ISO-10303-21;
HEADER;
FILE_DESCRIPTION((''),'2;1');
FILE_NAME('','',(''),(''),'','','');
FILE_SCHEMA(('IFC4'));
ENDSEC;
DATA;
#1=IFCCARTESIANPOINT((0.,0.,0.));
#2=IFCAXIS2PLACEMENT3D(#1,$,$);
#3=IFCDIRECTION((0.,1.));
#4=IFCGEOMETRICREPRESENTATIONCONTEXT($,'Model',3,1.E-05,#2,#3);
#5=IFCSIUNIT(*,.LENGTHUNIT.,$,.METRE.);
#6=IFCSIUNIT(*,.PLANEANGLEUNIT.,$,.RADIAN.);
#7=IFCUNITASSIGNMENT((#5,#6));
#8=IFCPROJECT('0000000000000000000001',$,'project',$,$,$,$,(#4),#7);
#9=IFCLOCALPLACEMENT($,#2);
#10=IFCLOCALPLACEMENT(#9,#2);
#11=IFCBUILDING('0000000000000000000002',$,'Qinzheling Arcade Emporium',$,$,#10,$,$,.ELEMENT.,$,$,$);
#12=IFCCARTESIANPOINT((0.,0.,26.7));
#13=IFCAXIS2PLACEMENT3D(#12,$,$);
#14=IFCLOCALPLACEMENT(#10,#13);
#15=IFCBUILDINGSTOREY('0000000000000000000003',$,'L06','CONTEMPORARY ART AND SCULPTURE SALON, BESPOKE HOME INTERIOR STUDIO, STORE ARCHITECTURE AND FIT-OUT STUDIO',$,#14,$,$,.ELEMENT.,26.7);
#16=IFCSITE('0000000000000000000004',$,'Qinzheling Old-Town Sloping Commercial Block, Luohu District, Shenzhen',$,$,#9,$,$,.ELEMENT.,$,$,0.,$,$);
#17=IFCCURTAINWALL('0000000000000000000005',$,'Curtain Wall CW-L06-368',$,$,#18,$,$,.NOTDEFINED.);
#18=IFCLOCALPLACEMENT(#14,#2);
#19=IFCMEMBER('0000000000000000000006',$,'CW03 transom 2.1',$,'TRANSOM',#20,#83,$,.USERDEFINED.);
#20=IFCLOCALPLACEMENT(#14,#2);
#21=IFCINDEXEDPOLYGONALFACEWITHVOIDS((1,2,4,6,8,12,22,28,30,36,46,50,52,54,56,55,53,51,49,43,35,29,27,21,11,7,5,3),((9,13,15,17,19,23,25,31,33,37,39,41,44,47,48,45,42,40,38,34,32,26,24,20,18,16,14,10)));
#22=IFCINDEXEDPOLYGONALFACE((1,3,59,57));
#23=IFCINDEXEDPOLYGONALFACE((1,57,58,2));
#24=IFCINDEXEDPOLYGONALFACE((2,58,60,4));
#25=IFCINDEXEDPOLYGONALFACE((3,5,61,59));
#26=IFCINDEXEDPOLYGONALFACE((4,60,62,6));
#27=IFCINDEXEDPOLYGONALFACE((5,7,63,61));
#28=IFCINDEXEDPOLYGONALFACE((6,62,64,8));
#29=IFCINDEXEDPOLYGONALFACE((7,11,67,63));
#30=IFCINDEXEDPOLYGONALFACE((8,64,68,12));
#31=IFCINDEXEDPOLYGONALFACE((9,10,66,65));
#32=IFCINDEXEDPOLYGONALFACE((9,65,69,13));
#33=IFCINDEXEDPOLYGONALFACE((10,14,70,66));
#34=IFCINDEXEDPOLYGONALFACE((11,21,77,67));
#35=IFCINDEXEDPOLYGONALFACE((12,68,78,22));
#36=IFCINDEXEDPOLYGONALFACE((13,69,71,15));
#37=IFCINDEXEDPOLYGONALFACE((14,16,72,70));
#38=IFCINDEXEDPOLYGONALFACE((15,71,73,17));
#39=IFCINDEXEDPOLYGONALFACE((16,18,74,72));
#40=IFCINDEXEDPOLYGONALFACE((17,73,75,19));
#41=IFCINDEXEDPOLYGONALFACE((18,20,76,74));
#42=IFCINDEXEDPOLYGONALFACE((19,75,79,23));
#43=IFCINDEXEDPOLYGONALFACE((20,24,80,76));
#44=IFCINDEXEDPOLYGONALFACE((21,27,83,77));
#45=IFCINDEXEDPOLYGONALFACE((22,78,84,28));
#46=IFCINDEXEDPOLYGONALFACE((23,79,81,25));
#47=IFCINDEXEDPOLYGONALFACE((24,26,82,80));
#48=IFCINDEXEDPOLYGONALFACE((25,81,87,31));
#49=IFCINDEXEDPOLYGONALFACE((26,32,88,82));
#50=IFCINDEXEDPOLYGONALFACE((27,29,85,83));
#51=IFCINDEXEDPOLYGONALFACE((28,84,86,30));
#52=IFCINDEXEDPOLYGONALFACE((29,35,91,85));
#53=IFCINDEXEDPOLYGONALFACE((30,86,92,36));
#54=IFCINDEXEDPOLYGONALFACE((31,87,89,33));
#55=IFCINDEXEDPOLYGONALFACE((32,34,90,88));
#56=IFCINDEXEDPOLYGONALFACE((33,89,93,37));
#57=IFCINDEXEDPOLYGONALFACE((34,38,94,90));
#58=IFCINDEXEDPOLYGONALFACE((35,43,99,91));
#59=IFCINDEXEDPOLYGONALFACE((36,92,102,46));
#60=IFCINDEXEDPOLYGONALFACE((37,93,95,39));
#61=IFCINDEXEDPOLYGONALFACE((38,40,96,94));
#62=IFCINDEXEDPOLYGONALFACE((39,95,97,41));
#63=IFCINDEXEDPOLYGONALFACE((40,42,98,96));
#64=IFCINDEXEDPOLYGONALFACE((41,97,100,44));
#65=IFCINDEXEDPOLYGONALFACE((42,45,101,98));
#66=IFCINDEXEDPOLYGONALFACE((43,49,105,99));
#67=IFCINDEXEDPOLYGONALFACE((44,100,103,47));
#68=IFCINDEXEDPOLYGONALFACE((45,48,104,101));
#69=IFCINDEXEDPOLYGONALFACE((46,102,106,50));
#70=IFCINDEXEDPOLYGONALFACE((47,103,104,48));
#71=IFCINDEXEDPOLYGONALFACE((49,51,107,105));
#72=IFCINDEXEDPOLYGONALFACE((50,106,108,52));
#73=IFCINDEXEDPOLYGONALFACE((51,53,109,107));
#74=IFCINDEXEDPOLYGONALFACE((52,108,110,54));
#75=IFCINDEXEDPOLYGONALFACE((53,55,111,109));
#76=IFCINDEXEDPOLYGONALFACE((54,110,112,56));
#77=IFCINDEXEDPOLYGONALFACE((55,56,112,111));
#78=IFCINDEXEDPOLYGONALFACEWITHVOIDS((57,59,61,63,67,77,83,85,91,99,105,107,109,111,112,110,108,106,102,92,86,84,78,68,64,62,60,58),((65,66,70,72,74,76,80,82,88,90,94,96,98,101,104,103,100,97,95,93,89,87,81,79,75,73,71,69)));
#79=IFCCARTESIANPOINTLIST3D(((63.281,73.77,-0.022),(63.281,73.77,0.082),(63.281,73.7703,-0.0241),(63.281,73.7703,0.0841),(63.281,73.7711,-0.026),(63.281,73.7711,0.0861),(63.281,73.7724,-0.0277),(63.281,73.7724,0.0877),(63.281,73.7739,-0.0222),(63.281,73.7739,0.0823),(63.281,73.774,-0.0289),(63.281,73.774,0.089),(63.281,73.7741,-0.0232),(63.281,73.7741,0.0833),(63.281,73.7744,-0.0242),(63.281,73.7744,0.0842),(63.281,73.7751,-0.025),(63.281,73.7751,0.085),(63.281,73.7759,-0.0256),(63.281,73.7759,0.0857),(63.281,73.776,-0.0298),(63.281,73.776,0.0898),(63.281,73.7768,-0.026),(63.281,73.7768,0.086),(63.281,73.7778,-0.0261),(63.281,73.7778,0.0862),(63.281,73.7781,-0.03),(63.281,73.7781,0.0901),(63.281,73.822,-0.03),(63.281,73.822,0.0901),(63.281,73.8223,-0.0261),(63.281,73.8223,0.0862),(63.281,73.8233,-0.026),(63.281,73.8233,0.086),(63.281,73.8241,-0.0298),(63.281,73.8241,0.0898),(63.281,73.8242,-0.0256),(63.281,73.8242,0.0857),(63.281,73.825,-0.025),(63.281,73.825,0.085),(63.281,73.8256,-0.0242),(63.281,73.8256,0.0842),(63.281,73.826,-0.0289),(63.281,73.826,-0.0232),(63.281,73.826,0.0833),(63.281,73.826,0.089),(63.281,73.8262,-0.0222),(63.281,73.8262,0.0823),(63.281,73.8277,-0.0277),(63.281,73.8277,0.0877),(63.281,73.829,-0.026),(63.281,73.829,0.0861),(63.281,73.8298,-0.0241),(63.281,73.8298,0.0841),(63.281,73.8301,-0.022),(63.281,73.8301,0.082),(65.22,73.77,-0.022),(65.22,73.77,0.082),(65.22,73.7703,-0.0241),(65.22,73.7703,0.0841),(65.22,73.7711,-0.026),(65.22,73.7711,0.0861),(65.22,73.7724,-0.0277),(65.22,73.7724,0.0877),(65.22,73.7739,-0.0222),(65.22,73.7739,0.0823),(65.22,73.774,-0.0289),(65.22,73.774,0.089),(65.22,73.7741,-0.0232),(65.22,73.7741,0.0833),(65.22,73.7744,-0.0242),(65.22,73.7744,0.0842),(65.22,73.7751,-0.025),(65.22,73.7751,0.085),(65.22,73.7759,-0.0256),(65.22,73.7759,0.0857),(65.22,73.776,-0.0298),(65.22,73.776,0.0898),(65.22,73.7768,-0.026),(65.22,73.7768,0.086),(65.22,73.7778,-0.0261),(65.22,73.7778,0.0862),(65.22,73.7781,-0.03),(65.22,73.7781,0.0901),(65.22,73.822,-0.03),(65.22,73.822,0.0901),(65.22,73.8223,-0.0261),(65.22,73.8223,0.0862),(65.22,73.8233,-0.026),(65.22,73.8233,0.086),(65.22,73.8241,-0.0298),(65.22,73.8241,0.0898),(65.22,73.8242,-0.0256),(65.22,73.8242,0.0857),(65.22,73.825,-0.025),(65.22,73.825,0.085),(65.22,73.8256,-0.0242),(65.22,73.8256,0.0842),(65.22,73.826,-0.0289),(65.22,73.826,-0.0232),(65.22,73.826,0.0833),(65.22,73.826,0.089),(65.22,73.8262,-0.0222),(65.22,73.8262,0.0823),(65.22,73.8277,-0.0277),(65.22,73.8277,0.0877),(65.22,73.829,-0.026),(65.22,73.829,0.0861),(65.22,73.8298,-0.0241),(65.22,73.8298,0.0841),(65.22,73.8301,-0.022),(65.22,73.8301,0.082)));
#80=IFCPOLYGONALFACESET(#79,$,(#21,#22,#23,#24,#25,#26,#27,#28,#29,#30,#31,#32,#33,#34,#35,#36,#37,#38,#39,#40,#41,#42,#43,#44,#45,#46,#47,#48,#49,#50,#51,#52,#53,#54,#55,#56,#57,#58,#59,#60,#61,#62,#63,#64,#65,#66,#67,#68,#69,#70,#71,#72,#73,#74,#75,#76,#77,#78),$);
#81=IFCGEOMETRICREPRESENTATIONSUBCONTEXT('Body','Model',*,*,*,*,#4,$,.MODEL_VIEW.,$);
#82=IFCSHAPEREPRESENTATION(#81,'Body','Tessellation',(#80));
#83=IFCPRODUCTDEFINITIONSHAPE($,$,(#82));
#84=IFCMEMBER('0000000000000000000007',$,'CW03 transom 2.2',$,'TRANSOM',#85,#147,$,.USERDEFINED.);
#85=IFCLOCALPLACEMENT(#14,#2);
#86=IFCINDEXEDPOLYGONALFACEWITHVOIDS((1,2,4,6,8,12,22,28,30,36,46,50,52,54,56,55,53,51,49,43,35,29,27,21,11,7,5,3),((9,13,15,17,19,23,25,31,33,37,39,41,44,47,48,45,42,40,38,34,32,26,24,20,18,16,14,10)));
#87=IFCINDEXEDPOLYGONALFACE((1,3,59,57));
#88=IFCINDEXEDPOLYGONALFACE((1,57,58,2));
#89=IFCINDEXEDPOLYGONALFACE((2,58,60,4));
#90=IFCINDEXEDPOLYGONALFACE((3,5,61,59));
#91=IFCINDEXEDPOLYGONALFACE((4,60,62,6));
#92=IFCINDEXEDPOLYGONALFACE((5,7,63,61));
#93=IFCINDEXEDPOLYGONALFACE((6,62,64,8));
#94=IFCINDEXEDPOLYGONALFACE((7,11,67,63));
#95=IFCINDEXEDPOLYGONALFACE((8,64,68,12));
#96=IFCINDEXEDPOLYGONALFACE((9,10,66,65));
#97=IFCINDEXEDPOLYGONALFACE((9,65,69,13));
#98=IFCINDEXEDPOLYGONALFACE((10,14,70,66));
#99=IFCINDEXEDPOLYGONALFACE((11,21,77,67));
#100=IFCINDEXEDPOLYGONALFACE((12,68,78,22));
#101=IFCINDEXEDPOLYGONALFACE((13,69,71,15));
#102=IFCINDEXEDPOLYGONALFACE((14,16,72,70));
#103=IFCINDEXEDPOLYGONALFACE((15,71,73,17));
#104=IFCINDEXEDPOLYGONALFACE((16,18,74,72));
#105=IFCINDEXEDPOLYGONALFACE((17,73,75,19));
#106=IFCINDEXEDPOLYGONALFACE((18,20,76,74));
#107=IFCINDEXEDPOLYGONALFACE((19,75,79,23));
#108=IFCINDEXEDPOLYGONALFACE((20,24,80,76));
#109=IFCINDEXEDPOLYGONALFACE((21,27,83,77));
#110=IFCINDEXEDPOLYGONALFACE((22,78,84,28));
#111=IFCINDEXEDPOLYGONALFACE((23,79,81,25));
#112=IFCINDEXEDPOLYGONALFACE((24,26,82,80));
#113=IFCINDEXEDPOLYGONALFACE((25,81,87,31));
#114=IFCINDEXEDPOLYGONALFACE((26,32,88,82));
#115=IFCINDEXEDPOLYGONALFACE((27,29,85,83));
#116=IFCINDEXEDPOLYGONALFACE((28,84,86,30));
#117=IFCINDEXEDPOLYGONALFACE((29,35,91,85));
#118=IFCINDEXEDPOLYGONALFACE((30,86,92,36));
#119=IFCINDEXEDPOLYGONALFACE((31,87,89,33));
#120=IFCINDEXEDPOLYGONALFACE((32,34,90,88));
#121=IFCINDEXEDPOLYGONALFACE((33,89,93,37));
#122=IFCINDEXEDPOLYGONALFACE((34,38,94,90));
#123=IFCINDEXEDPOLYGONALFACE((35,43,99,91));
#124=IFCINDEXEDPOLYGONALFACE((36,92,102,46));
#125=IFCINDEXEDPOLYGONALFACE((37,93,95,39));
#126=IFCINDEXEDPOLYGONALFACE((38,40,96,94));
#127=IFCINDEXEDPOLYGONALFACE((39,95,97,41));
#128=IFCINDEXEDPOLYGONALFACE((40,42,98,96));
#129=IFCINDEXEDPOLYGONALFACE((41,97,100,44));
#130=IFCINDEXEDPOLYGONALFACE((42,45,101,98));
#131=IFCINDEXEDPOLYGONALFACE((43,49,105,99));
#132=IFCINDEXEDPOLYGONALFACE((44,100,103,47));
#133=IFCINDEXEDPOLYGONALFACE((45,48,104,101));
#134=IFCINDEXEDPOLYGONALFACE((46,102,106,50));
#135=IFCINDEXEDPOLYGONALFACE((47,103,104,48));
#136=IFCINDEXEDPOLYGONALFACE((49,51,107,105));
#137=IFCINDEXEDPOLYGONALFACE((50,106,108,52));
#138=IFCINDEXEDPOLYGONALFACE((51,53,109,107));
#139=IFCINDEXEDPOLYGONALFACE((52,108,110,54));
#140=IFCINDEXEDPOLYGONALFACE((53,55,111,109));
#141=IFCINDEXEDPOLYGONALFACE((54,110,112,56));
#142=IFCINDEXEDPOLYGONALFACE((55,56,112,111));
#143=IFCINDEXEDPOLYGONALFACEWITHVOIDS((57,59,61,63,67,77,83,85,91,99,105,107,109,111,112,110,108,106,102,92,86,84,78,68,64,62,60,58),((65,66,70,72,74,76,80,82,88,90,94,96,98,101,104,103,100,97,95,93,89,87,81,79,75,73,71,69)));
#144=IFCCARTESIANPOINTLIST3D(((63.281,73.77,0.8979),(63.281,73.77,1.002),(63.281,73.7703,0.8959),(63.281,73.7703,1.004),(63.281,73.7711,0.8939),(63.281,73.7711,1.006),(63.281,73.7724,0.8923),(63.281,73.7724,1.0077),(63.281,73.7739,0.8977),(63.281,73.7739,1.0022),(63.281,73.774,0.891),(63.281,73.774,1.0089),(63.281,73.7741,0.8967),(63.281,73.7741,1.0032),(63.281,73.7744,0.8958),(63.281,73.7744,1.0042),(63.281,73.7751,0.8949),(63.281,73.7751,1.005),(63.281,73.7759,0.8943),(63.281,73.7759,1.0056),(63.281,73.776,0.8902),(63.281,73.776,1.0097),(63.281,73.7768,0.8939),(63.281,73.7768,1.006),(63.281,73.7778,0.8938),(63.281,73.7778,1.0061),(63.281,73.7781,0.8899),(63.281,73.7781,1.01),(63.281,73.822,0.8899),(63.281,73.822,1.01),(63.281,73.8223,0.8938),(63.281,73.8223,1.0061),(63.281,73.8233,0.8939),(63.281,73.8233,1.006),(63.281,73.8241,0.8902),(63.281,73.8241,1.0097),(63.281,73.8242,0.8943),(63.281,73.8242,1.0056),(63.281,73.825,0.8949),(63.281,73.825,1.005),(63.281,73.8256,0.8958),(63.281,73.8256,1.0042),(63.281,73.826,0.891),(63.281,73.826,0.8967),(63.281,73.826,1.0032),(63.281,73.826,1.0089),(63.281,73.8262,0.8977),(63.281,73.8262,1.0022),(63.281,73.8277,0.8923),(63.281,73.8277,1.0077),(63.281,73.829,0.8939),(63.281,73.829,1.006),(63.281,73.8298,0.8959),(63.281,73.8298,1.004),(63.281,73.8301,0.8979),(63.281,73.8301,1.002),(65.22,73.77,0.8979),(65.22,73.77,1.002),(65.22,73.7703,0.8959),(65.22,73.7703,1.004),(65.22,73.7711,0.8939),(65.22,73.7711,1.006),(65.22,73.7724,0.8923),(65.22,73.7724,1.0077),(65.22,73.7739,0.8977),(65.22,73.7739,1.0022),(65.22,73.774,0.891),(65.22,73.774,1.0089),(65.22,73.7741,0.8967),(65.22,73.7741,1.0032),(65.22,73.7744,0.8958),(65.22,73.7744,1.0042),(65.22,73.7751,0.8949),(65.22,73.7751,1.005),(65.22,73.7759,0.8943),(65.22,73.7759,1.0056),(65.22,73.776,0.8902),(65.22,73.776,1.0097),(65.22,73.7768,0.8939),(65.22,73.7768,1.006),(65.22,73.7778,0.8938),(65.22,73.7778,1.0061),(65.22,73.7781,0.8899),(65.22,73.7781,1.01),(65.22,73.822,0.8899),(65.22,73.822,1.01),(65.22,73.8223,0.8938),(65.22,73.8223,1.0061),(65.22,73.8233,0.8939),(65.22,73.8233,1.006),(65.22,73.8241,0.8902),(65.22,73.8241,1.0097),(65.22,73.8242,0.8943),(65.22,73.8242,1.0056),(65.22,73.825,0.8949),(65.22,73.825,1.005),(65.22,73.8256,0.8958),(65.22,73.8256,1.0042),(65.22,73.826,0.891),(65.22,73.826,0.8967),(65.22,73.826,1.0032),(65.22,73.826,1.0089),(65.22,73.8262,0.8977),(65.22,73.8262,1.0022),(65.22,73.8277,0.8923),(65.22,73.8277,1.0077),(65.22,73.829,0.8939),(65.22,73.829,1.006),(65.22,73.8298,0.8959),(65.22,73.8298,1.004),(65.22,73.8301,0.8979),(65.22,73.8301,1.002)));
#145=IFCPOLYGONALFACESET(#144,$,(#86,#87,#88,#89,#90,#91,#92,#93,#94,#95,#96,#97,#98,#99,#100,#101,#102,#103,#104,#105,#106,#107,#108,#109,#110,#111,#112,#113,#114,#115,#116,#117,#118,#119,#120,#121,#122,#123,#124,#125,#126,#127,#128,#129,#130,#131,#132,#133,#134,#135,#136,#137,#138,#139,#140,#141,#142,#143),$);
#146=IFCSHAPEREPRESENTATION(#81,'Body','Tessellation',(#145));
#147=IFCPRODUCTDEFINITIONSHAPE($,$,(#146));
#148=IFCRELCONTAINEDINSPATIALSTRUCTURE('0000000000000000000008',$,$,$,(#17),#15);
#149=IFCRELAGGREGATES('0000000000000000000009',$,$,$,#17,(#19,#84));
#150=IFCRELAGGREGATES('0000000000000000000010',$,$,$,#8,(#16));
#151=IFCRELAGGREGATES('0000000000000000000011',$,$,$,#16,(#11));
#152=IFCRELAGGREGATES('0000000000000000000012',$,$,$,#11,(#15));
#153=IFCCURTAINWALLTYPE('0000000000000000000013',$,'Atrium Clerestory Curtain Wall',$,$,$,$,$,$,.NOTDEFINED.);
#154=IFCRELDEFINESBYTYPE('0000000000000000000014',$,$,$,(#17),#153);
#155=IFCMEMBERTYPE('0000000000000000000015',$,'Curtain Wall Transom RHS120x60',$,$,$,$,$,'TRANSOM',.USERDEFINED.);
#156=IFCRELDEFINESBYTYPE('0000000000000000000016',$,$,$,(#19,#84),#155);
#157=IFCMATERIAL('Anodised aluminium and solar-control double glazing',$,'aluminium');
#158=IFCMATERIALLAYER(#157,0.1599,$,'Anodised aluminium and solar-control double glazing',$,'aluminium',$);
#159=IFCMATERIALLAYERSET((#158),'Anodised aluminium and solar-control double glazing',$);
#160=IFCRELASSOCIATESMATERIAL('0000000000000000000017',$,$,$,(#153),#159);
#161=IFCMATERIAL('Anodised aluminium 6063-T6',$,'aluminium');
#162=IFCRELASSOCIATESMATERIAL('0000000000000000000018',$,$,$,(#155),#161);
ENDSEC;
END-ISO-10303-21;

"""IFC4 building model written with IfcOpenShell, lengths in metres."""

from ifc_helpers import new_model, si_unit, direction, frame, origin, origin_2d, place, context, subcontext, project, spatial, hollow_rectangle, extrude, material, layer, layer_set, material_profile, profile_set, type_object, element, aggregate, save


model = new_model("IFC4")

# Units and contexts
model_context = context("Model", 3, precision=1e-05, world=origin(), true_north=direction((0.0, 1.0)))
body_context = subcontext(model_context, "Body", "Model", "MODEL_VIEW")
ifc_project = project(units=[si_unit("LENGTHUNIT", "METRE"), si_unit("PLANEANGLEUNIT", "RADIAN")], contexts=[model_context])

# Site, building, storey
site_placement = place(None, origin())
site = spatial("IfcSite", under=ifc_project, at=site_placement, Name="Qinzheling Old-Town Sloping Commercial Block, Luohu District, Shenzhen", CompositionType="ELEMENT", RefElevation=0.0)
building_placement = place(site_placement, origin())
building = spatial("IfcBuilding", under=site, at=building_placement, Name="Qinzheling Arcade Emporium", CompositionType="ELEMENT")
storey_placement = place(building_placement, frame((0.0, 0.0, 26.7)))
storey = spatial("IfcBuildingStorey", under=building, at=storey_placement, Name="L06", Description="CONTEMPORARY ART AND SCULPTURE SALON, BESPOKE HOME INTERIOR STUDIO, STORE ARCHITECTURE AND FIT-OUT STUDIO", CompositionType="ELEMENT", Elevation=26.7)

# Curtain wall, members
ifc_material_1 = material(Name="Anodised aluminium and solar-control double glazing", Category="aluminium")
ifc_layer_1 = layer(ifc_material_1, 0.1599, Name="Anodised aluminium and solar-control double glazing", Category="aluminium")
ifc_layer_set_1 = layer_set([ifc_layer_1], Name="Anodised aluminium and solar-control double glazing")
curtain_wall_type = type_object("IfcCurtainWallType", Name="Atrium Clerestory Curtain Wall", PredefinedType="NOTDEFINED", material=ifc_layer_set_1)
curtain_wall_placement = place(storey_placement, origin())
curtain_wall = element("IfcCurtainWall", 1, at=curtain_wall_placement, inside=storey, type_object=curtain_wall_type, Name="Curtain Wall CW-L06-368", PredefinedType="NOTDEFINED")
ifc_material_2 = material(Name="Anodised aluminium 6063-T6", Category="aluminium")
ifc_material_profile_1 = material_profile(ifc_material_2, hollow_rectangle(XDim=0.0601, YDim=0.1201, WallThickness=0.0039, InnerFilletRadius=0.0039, OuterFilletRadius=0.0081, at=origin_2d()), Name="RHS 120x60x4", Category="aluminium")
ifc_profile_set_1 = profile_set([ifc_material_profile_1], Name="Anodised aluminium 6063-T6")
member_type_1 = type_object("IfcMemberType", Name="Curtain Wall Transom RHS120x60", ElementType="TRANSOM", PredefinedType="USERDEFINED", material=ifc_profile_set_1)
member_1_placement = place(storey_placement, frame((63.281, 73.8, 0.03), z_axis=(1.0, 0.0, 0.0), x_axis=(0.0, 1.0, 0.0)))
member_1 = element("IfcMember", 2, at=member_1_placement, type_object=member_type_1, Name="CW03 transom 2.1", ObjectType="TRANSOM", PredefinedType="USERDEFINED", context=body_context, shape_type="SweptSolid", body=[
    extrude(hollow_rectangle(XDim=0.0601, YDim=0.1201, WallThickness=0.0039, InnerFilletRadius=0.0039, OuterFilletRadius=0.0081, at=origin_2d()), origin(), (0.0, 0.0, 1.0), 1.939),
])
member_2_placement = place(storey_placement, frame((63.281, 73.8, 0.95), z_axis=(1.0, 0.0, 0.0), x_axis=(0.0, 1.0, 0.0)))
member_2 = element("IfcMember", 3, at=member_2_placement, type_object=member_type_1, Name="CW03 transom 2.2", ObjectType="TRANSOM", PredefinedType="USERDEFINED", context=body_context, shape_type="SweptSolid", body=[
    extrude(hollow_rectangle(XDim=0.0601, YDim=0.1201, WallThickness=0.0039, InnerFilletRadius=0.0039, OuterFilletRadius=0.0081, at=origin_2d()), origin(), (0.0, 0.0, 1.0), 1.939),
])
aggregate(curtain_wall, [member_1, member_2])

save(model, "model.ifc")
